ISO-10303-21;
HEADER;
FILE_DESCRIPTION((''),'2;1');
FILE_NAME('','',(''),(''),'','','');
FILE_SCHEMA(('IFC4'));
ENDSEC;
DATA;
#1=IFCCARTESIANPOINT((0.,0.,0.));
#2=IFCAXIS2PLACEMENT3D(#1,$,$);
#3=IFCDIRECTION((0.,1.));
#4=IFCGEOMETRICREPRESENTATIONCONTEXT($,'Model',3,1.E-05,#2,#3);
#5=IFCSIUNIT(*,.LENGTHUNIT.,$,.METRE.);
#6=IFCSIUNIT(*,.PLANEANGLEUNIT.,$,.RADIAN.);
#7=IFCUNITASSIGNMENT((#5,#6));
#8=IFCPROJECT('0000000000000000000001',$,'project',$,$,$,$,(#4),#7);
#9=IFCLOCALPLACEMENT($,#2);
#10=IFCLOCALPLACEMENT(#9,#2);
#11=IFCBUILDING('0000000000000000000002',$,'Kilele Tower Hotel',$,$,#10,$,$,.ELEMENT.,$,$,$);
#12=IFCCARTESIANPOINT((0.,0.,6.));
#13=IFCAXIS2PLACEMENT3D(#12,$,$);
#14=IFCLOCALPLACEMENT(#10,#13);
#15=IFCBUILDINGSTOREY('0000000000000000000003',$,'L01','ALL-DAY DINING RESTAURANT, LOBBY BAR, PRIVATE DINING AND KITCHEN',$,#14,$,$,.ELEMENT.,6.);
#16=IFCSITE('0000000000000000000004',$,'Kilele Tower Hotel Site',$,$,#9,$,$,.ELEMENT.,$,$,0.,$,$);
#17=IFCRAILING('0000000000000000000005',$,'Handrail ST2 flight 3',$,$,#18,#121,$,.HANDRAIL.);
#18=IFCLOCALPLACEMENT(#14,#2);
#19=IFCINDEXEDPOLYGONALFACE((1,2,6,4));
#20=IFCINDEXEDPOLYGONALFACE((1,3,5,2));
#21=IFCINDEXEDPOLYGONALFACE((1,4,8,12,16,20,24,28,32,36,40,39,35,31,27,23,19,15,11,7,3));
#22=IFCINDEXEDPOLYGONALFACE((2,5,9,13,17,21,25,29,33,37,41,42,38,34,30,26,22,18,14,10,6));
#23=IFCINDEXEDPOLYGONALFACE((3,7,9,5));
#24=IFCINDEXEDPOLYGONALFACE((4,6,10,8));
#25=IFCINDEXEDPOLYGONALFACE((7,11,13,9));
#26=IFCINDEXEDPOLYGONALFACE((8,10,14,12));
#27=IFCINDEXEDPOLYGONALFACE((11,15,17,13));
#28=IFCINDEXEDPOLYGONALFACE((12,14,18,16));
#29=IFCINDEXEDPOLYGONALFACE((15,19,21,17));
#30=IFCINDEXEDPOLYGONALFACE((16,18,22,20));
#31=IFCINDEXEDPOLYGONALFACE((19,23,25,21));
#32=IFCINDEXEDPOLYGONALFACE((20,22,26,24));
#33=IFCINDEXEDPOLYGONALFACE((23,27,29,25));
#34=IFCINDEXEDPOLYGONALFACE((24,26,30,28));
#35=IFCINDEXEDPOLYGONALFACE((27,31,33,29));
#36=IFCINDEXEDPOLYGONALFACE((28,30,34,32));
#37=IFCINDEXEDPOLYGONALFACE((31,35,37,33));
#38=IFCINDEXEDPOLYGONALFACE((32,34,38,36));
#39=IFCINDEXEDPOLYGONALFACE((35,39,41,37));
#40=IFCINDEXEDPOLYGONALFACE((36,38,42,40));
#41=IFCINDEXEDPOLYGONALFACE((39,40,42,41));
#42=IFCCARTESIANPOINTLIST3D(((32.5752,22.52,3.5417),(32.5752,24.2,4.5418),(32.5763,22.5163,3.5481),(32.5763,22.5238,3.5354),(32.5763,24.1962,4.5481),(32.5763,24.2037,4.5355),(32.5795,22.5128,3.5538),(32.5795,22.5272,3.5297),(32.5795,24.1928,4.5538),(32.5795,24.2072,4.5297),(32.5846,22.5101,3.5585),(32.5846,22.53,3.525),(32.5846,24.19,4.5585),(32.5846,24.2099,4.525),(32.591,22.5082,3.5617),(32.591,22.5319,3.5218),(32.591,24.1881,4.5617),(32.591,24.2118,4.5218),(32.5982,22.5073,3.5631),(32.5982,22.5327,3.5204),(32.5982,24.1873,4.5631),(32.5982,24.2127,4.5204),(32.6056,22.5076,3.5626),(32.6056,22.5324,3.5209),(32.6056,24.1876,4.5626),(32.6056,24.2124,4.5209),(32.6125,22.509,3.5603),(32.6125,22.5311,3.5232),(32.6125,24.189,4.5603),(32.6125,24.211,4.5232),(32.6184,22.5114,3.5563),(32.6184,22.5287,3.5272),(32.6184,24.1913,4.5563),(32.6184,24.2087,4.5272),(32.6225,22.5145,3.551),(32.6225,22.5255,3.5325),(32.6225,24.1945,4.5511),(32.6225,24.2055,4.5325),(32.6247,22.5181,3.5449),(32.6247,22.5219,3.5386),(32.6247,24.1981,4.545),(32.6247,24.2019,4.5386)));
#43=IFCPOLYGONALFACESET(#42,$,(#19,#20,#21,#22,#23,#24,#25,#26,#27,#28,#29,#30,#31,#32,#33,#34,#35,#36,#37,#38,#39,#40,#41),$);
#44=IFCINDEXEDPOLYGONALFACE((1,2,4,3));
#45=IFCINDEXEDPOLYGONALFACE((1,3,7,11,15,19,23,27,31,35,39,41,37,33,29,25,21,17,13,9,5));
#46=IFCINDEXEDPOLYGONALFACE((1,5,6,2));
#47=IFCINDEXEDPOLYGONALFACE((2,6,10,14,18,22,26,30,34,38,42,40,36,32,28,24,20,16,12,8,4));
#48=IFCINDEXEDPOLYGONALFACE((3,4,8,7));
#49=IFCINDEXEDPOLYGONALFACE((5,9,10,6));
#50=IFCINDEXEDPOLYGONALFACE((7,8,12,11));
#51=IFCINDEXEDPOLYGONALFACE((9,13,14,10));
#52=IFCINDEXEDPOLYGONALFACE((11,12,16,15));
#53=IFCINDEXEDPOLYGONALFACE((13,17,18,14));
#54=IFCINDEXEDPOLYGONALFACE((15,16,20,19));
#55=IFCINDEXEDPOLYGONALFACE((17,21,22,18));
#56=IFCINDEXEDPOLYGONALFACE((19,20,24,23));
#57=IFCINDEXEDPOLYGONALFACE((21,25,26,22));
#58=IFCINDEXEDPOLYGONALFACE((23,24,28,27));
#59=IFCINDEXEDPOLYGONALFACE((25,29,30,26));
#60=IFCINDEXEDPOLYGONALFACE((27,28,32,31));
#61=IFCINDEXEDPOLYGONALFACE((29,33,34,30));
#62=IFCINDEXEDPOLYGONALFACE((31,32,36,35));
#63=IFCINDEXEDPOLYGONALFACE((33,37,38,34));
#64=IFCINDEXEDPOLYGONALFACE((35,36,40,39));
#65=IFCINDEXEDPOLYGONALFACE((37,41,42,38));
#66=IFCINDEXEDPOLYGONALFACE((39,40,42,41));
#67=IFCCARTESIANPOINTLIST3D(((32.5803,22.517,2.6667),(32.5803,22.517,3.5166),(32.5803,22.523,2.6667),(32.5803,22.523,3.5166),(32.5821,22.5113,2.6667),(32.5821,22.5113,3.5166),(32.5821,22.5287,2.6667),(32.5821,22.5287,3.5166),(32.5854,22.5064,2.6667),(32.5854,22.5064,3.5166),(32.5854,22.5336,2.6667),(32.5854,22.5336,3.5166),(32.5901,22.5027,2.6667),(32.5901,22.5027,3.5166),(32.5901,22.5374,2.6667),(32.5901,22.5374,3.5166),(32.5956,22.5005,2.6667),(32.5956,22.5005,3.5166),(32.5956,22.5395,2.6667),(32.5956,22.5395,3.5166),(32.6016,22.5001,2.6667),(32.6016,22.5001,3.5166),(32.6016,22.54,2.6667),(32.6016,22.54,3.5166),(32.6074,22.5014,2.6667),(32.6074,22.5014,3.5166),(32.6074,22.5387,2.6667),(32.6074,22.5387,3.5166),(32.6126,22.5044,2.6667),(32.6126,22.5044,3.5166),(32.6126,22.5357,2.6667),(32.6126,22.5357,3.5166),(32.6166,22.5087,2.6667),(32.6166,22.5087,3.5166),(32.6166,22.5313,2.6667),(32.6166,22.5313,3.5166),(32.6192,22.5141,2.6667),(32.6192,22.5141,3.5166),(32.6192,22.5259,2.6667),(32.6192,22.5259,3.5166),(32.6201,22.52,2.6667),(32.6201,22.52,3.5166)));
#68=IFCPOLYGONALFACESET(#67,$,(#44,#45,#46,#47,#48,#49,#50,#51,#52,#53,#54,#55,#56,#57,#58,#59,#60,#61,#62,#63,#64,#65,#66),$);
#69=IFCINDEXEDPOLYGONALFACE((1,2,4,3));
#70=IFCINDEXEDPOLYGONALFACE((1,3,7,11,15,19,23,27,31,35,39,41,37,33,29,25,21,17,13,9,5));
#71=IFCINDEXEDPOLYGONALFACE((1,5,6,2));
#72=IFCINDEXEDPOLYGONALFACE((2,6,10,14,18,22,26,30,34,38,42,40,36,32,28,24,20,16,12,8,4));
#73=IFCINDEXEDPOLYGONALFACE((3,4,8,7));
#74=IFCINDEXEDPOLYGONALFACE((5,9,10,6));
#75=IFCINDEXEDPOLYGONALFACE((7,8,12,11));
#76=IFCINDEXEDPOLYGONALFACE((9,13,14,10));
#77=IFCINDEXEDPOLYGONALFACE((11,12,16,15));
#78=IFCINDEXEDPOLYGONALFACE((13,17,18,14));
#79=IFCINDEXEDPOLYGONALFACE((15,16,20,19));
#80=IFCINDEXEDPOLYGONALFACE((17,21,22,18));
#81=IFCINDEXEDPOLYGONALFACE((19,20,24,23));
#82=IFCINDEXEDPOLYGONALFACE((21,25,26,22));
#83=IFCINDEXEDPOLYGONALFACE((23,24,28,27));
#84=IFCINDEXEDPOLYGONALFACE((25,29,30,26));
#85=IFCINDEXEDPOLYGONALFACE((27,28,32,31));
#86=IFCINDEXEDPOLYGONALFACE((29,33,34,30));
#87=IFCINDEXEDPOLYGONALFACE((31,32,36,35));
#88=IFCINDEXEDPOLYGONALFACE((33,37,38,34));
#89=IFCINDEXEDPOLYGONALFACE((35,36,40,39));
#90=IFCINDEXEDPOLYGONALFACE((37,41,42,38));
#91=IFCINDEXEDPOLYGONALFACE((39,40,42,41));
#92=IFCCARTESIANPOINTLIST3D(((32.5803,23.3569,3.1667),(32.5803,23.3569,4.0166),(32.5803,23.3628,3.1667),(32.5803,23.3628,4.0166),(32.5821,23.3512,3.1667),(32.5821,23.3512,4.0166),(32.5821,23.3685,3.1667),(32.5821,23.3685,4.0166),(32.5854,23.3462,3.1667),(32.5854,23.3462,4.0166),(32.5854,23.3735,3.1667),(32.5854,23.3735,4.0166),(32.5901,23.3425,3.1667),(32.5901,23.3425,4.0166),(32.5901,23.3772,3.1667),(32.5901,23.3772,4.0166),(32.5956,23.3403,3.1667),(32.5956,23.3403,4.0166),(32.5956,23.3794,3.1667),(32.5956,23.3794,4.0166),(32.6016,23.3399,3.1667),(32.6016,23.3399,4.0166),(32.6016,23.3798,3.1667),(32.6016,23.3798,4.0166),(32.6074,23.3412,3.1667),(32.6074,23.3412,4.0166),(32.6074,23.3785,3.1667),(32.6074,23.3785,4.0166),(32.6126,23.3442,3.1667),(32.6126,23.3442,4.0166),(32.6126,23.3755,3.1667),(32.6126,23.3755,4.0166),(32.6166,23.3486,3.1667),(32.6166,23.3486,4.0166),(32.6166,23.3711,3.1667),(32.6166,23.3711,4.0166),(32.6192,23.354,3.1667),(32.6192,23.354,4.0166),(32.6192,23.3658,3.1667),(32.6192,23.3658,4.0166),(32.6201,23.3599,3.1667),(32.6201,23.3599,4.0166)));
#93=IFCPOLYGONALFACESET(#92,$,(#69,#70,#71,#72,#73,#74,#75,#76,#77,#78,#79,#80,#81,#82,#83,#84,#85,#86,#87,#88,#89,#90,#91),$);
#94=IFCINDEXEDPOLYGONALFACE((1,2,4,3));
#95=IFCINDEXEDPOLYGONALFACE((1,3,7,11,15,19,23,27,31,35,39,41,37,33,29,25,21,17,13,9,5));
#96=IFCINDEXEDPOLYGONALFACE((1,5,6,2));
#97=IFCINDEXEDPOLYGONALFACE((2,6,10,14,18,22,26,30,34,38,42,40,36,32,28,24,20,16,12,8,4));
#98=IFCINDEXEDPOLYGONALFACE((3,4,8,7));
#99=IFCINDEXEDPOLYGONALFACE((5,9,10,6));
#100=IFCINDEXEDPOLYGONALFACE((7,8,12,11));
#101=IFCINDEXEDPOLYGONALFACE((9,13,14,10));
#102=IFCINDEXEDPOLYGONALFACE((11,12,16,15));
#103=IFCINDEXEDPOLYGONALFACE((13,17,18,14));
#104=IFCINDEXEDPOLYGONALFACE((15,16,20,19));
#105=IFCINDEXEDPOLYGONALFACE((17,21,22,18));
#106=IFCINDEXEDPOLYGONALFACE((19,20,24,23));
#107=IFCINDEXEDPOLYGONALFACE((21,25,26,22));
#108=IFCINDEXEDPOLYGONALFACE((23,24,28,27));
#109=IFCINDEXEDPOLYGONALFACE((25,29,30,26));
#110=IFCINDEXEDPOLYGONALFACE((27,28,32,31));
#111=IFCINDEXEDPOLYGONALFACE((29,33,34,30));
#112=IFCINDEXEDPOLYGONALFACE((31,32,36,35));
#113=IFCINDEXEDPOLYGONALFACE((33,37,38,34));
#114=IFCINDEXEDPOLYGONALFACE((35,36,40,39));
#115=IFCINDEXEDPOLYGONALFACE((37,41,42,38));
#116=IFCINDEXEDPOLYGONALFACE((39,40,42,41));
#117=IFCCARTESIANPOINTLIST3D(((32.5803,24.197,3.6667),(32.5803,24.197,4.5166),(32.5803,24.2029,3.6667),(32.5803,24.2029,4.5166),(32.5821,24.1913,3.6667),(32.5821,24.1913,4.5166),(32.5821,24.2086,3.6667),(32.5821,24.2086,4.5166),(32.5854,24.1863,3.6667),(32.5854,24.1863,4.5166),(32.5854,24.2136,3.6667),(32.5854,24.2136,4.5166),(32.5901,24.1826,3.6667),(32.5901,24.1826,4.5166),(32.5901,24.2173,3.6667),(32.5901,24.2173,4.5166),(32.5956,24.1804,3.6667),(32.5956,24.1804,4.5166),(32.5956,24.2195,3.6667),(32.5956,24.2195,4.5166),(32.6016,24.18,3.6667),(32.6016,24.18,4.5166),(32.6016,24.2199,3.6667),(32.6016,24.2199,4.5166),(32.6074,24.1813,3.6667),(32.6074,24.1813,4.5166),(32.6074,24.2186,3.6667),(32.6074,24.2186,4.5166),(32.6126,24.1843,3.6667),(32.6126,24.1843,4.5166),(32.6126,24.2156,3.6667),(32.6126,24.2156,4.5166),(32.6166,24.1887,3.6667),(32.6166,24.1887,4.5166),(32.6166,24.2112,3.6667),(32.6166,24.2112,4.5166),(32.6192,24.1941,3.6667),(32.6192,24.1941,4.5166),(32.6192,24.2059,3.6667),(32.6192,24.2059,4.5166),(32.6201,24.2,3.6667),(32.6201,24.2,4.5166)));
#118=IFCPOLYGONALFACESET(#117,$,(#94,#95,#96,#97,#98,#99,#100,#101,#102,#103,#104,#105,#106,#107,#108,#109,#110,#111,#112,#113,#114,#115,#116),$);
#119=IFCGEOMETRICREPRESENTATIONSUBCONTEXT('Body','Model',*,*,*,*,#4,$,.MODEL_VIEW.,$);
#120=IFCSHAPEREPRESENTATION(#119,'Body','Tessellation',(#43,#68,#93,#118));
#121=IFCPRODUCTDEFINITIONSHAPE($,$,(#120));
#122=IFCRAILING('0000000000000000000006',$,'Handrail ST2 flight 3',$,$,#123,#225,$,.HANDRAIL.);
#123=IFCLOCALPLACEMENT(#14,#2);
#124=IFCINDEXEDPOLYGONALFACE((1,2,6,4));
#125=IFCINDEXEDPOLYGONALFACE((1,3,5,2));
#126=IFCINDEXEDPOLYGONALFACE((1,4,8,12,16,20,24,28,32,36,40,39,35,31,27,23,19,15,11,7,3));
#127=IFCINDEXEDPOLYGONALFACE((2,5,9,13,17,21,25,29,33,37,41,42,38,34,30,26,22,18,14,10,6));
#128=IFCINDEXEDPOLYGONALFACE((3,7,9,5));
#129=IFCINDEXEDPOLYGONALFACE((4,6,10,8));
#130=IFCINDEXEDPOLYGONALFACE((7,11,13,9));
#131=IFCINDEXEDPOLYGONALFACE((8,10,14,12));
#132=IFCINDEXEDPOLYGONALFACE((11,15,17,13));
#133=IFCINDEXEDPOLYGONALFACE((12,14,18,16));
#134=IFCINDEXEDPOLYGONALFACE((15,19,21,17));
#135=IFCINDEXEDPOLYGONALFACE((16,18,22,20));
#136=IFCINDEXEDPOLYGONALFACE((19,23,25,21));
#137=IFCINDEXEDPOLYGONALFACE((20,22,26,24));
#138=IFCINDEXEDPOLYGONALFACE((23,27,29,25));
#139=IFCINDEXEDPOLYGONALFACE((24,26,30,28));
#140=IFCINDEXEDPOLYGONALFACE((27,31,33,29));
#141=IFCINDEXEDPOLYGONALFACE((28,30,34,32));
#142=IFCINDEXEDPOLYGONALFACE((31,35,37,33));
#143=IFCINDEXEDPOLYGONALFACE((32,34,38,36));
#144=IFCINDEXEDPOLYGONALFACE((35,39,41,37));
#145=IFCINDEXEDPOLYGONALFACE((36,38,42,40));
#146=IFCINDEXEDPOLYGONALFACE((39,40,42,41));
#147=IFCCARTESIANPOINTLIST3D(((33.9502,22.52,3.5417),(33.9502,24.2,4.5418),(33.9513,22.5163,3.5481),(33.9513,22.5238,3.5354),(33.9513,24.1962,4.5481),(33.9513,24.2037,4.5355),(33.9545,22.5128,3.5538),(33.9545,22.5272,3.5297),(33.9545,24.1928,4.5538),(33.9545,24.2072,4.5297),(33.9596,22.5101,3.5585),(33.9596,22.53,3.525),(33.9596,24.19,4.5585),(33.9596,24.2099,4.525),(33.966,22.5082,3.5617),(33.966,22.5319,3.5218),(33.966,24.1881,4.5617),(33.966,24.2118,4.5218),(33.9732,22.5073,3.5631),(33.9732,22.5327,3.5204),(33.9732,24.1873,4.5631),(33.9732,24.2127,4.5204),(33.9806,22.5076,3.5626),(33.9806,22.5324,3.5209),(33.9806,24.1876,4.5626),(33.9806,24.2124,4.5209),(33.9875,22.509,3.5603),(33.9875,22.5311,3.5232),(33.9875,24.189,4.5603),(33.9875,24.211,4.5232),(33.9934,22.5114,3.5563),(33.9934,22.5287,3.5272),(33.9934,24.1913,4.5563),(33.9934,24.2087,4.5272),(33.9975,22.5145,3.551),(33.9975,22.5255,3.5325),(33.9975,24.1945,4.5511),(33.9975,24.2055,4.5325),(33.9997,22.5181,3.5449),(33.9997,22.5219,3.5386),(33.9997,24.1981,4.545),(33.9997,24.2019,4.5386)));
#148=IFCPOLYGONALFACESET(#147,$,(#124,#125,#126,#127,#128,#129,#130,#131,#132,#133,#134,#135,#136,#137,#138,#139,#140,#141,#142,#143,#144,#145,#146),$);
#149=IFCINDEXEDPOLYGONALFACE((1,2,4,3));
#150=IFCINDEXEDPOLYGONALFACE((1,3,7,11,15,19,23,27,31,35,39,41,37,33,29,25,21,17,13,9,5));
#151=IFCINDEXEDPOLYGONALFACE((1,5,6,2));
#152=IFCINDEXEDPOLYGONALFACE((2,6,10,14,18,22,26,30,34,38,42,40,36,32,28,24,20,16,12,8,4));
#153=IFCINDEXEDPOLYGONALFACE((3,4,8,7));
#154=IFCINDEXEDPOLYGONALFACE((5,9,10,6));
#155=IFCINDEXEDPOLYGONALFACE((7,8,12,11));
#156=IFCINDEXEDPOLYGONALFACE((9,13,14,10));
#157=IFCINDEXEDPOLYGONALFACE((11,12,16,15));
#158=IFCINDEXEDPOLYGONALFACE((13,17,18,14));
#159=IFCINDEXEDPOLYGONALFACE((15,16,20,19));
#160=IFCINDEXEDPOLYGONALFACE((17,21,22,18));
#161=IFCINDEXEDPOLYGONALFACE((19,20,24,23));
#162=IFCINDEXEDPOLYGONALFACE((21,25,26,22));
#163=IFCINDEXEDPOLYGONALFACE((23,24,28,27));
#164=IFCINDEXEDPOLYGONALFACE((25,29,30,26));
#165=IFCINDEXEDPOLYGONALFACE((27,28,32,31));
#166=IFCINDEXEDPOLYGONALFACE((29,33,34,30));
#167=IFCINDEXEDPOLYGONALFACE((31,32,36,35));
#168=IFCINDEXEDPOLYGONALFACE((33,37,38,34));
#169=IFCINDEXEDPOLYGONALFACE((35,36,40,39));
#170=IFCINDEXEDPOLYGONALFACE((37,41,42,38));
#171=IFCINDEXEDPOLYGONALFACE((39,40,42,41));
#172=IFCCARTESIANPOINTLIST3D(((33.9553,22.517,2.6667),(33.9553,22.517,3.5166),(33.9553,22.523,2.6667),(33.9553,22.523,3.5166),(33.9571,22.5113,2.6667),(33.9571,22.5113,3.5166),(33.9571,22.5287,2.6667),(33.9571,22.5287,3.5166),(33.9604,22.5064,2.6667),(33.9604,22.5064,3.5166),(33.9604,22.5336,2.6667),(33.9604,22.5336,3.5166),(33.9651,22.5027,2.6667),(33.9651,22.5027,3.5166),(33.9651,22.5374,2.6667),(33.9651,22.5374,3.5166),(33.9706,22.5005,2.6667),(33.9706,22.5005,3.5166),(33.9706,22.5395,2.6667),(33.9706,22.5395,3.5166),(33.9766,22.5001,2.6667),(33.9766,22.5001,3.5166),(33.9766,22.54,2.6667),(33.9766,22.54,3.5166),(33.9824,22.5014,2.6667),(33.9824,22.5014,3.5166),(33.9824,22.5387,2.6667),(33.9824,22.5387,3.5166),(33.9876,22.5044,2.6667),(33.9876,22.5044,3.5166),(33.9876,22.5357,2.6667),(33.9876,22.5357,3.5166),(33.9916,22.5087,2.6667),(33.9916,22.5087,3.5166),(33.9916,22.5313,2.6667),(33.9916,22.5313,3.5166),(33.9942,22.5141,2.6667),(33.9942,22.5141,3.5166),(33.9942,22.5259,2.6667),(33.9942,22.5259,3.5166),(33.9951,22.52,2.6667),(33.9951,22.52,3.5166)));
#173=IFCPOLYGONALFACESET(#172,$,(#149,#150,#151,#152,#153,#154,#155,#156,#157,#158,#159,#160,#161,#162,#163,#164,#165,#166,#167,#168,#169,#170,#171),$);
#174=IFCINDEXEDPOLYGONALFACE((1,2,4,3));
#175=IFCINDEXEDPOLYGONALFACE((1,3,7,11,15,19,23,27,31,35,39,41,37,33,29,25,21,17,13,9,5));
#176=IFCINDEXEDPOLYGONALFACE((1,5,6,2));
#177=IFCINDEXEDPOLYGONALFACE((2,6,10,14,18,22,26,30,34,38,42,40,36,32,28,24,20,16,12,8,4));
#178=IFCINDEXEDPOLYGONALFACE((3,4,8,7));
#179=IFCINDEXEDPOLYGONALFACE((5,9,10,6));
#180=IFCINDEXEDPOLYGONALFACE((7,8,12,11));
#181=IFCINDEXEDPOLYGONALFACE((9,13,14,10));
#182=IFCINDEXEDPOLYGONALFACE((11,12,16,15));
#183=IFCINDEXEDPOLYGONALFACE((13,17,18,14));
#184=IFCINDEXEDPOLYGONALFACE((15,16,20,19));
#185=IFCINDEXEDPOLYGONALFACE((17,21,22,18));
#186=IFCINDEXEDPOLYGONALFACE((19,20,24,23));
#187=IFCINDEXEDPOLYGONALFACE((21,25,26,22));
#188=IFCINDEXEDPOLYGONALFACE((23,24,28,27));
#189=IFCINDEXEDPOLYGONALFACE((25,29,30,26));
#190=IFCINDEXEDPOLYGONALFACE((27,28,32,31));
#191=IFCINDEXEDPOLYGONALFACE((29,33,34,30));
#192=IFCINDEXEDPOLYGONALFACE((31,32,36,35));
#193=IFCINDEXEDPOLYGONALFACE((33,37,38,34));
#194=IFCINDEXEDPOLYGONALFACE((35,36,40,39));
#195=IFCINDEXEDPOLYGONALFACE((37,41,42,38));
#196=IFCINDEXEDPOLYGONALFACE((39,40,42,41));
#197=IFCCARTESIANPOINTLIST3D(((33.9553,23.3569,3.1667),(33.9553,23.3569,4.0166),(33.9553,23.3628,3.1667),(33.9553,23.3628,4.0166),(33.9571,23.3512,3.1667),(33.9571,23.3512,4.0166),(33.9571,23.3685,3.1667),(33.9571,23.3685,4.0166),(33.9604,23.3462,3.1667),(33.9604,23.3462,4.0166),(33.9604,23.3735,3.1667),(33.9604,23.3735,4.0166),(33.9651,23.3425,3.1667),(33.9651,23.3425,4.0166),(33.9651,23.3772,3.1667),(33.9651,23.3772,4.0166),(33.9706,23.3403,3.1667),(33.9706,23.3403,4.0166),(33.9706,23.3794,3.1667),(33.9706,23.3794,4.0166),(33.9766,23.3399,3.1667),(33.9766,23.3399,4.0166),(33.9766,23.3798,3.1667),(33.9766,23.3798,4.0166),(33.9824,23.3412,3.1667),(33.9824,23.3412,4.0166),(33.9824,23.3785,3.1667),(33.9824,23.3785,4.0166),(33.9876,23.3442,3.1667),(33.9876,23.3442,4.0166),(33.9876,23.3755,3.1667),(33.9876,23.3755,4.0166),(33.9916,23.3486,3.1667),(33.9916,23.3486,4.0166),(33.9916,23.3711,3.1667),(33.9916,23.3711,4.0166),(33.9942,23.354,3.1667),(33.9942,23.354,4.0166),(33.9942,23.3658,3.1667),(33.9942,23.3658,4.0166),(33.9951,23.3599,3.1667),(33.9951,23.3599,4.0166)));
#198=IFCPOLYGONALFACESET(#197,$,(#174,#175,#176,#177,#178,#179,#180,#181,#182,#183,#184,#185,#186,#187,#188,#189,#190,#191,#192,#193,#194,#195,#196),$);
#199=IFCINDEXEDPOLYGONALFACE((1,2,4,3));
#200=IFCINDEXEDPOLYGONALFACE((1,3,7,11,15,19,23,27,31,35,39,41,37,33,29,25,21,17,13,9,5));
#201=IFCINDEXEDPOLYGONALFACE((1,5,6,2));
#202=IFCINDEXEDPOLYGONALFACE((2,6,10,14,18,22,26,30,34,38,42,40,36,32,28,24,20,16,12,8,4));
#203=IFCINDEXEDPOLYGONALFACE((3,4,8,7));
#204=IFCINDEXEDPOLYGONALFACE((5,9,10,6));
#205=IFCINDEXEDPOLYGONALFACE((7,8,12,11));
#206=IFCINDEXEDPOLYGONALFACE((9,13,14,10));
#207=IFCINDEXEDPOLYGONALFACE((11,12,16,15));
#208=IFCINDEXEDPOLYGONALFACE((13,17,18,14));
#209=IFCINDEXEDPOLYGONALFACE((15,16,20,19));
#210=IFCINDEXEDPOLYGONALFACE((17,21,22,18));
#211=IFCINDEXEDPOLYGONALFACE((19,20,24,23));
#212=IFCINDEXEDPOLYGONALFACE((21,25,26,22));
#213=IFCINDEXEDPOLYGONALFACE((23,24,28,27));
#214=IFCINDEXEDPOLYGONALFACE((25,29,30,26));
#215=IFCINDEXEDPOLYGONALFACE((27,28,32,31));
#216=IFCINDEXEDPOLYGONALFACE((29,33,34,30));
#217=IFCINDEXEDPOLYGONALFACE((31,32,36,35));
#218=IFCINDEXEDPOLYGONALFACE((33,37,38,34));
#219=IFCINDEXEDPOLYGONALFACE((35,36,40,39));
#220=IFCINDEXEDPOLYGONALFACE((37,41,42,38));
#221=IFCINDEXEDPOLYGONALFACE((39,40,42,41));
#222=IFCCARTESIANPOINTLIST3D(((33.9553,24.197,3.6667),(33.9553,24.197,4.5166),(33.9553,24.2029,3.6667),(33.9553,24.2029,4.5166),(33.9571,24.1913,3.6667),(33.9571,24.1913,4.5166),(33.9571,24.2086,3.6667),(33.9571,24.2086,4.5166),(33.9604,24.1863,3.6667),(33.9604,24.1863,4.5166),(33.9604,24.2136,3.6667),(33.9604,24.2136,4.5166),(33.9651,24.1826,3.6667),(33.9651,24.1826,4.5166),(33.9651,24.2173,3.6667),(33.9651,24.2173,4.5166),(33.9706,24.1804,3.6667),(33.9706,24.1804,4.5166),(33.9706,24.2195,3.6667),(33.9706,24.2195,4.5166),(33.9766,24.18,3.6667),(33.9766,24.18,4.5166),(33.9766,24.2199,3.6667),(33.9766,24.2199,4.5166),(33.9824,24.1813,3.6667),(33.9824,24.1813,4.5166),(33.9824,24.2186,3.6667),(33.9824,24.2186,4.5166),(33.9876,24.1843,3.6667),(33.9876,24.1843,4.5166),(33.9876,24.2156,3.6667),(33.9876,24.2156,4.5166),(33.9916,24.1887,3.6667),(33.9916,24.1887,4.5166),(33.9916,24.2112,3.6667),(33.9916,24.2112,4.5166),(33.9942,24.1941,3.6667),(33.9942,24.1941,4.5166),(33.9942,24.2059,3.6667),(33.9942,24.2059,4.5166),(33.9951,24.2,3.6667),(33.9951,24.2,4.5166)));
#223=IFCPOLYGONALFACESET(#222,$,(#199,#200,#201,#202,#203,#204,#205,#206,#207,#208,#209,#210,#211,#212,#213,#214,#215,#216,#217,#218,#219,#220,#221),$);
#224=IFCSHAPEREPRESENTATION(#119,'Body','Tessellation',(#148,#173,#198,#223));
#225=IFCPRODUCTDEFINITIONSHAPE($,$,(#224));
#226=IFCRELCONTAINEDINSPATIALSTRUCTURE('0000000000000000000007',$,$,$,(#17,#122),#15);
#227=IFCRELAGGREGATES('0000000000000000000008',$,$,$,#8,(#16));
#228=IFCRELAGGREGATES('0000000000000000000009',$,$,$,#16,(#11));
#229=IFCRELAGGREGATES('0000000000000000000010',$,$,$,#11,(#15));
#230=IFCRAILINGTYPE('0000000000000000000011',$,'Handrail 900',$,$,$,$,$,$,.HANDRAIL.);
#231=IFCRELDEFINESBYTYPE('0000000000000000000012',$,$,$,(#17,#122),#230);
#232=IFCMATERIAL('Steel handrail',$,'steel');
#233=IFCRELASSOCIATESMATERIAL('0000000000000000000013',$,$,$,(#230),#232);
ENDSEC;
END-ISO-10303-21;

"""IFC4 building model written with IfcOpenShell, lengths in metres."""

from ifc_helpers import new_model, si_unit, direction, frame, origin, origin_2d, place, context, subcontext, project, spatial, circle, extrude, material, type_object, element, save


model = new_model("IFC4")

# Units and contexts
model_context = context("Model", 3, precision=1e-05, world=origin(), true_north=direction((0.0, 1.0)))
body_context = subcontext(model_context, "Body", "Model", "MODEL_VIEW")
ifc_project = project(units=[si_unit("LENGTHUNIT", "METRE"), si_unit("PLANEANGLEUNIT", "RADIAN")], contexts=[model_context])

# Site, building, storey
site_placement = place(None, origin())
site = spatial("IfcSite", under=ifc_project, at=site_placement, Name="Kilele Tower Hotel Site", CompositionType="ELEMENT", RefElevation=0.0)
building_placement = place(site_placement, origin())
building = spatial("IfcBuilding", under=site, at=building_placement, Name="Kilele Tower Hotel", CompositionType="ELEMENT")
storey_placement = place(building_placement, frame((0.0, 0.0, 6.0)))
storey = spatial("IfcBuildingStorey", under=building, at=storey_placement, Name="L01", Description="ALL-DAY DINING RESTAURANT, LOBBY BAR, PRIVATE DINING AND KITCHEN", CompositionType="ELEMENT", Elevation=6.0)

# Railings
ifc_material_1 = material(Name="Steel handrail", Category="steel")
railing_type_1 = type_object("IfcRailingType", Name="Handrail 900", PredefinedType="HANDRAIL", material=ifc_material_1)
for number, where, name in (
    (1, (32.6001, 22.52, 2.6667), "Handrail ST2 flight 3"),
    (2, (33.9751, 22.52, 2.6667), "Handrail ST2 flight 3"),
):
    element("IfcRailing", number, at=place(storey_placement, frame(where)), inside=storey, type_object=railing_type_1, Name=name, PredefinedType="HANDRAIL", context=body_context, shape_type="SweptSolid", body=[
        extrude(circle(Radius=0.0249, at=origin_2d()), frame((0.0, 0.0, 0.875), z_axis=(0.0, 0.859284, 0.511499), x_axis=(-1.0, 0.0, 0.0)), (0.0, 0.0, 1.0), 1.9551),
        extrude(circle(Radius=0.02, at=origin_2d()), origin(), (0.0, 0.0, 1.0), 0.8499),
        extrude(circle(Radius=0.02, at=origin_2d()), frame((0.0, 0.8398, 0.5)), (0.0, 0.0, 1.0), 0.8499),
        extrude(circle(Radius=0.02, at=origin_2d()), frame((0.0, 1.6799, 1.0)), (0.0, 0.0, 1.0), 0.8499),
    ])

save(model, "model.ifc")
